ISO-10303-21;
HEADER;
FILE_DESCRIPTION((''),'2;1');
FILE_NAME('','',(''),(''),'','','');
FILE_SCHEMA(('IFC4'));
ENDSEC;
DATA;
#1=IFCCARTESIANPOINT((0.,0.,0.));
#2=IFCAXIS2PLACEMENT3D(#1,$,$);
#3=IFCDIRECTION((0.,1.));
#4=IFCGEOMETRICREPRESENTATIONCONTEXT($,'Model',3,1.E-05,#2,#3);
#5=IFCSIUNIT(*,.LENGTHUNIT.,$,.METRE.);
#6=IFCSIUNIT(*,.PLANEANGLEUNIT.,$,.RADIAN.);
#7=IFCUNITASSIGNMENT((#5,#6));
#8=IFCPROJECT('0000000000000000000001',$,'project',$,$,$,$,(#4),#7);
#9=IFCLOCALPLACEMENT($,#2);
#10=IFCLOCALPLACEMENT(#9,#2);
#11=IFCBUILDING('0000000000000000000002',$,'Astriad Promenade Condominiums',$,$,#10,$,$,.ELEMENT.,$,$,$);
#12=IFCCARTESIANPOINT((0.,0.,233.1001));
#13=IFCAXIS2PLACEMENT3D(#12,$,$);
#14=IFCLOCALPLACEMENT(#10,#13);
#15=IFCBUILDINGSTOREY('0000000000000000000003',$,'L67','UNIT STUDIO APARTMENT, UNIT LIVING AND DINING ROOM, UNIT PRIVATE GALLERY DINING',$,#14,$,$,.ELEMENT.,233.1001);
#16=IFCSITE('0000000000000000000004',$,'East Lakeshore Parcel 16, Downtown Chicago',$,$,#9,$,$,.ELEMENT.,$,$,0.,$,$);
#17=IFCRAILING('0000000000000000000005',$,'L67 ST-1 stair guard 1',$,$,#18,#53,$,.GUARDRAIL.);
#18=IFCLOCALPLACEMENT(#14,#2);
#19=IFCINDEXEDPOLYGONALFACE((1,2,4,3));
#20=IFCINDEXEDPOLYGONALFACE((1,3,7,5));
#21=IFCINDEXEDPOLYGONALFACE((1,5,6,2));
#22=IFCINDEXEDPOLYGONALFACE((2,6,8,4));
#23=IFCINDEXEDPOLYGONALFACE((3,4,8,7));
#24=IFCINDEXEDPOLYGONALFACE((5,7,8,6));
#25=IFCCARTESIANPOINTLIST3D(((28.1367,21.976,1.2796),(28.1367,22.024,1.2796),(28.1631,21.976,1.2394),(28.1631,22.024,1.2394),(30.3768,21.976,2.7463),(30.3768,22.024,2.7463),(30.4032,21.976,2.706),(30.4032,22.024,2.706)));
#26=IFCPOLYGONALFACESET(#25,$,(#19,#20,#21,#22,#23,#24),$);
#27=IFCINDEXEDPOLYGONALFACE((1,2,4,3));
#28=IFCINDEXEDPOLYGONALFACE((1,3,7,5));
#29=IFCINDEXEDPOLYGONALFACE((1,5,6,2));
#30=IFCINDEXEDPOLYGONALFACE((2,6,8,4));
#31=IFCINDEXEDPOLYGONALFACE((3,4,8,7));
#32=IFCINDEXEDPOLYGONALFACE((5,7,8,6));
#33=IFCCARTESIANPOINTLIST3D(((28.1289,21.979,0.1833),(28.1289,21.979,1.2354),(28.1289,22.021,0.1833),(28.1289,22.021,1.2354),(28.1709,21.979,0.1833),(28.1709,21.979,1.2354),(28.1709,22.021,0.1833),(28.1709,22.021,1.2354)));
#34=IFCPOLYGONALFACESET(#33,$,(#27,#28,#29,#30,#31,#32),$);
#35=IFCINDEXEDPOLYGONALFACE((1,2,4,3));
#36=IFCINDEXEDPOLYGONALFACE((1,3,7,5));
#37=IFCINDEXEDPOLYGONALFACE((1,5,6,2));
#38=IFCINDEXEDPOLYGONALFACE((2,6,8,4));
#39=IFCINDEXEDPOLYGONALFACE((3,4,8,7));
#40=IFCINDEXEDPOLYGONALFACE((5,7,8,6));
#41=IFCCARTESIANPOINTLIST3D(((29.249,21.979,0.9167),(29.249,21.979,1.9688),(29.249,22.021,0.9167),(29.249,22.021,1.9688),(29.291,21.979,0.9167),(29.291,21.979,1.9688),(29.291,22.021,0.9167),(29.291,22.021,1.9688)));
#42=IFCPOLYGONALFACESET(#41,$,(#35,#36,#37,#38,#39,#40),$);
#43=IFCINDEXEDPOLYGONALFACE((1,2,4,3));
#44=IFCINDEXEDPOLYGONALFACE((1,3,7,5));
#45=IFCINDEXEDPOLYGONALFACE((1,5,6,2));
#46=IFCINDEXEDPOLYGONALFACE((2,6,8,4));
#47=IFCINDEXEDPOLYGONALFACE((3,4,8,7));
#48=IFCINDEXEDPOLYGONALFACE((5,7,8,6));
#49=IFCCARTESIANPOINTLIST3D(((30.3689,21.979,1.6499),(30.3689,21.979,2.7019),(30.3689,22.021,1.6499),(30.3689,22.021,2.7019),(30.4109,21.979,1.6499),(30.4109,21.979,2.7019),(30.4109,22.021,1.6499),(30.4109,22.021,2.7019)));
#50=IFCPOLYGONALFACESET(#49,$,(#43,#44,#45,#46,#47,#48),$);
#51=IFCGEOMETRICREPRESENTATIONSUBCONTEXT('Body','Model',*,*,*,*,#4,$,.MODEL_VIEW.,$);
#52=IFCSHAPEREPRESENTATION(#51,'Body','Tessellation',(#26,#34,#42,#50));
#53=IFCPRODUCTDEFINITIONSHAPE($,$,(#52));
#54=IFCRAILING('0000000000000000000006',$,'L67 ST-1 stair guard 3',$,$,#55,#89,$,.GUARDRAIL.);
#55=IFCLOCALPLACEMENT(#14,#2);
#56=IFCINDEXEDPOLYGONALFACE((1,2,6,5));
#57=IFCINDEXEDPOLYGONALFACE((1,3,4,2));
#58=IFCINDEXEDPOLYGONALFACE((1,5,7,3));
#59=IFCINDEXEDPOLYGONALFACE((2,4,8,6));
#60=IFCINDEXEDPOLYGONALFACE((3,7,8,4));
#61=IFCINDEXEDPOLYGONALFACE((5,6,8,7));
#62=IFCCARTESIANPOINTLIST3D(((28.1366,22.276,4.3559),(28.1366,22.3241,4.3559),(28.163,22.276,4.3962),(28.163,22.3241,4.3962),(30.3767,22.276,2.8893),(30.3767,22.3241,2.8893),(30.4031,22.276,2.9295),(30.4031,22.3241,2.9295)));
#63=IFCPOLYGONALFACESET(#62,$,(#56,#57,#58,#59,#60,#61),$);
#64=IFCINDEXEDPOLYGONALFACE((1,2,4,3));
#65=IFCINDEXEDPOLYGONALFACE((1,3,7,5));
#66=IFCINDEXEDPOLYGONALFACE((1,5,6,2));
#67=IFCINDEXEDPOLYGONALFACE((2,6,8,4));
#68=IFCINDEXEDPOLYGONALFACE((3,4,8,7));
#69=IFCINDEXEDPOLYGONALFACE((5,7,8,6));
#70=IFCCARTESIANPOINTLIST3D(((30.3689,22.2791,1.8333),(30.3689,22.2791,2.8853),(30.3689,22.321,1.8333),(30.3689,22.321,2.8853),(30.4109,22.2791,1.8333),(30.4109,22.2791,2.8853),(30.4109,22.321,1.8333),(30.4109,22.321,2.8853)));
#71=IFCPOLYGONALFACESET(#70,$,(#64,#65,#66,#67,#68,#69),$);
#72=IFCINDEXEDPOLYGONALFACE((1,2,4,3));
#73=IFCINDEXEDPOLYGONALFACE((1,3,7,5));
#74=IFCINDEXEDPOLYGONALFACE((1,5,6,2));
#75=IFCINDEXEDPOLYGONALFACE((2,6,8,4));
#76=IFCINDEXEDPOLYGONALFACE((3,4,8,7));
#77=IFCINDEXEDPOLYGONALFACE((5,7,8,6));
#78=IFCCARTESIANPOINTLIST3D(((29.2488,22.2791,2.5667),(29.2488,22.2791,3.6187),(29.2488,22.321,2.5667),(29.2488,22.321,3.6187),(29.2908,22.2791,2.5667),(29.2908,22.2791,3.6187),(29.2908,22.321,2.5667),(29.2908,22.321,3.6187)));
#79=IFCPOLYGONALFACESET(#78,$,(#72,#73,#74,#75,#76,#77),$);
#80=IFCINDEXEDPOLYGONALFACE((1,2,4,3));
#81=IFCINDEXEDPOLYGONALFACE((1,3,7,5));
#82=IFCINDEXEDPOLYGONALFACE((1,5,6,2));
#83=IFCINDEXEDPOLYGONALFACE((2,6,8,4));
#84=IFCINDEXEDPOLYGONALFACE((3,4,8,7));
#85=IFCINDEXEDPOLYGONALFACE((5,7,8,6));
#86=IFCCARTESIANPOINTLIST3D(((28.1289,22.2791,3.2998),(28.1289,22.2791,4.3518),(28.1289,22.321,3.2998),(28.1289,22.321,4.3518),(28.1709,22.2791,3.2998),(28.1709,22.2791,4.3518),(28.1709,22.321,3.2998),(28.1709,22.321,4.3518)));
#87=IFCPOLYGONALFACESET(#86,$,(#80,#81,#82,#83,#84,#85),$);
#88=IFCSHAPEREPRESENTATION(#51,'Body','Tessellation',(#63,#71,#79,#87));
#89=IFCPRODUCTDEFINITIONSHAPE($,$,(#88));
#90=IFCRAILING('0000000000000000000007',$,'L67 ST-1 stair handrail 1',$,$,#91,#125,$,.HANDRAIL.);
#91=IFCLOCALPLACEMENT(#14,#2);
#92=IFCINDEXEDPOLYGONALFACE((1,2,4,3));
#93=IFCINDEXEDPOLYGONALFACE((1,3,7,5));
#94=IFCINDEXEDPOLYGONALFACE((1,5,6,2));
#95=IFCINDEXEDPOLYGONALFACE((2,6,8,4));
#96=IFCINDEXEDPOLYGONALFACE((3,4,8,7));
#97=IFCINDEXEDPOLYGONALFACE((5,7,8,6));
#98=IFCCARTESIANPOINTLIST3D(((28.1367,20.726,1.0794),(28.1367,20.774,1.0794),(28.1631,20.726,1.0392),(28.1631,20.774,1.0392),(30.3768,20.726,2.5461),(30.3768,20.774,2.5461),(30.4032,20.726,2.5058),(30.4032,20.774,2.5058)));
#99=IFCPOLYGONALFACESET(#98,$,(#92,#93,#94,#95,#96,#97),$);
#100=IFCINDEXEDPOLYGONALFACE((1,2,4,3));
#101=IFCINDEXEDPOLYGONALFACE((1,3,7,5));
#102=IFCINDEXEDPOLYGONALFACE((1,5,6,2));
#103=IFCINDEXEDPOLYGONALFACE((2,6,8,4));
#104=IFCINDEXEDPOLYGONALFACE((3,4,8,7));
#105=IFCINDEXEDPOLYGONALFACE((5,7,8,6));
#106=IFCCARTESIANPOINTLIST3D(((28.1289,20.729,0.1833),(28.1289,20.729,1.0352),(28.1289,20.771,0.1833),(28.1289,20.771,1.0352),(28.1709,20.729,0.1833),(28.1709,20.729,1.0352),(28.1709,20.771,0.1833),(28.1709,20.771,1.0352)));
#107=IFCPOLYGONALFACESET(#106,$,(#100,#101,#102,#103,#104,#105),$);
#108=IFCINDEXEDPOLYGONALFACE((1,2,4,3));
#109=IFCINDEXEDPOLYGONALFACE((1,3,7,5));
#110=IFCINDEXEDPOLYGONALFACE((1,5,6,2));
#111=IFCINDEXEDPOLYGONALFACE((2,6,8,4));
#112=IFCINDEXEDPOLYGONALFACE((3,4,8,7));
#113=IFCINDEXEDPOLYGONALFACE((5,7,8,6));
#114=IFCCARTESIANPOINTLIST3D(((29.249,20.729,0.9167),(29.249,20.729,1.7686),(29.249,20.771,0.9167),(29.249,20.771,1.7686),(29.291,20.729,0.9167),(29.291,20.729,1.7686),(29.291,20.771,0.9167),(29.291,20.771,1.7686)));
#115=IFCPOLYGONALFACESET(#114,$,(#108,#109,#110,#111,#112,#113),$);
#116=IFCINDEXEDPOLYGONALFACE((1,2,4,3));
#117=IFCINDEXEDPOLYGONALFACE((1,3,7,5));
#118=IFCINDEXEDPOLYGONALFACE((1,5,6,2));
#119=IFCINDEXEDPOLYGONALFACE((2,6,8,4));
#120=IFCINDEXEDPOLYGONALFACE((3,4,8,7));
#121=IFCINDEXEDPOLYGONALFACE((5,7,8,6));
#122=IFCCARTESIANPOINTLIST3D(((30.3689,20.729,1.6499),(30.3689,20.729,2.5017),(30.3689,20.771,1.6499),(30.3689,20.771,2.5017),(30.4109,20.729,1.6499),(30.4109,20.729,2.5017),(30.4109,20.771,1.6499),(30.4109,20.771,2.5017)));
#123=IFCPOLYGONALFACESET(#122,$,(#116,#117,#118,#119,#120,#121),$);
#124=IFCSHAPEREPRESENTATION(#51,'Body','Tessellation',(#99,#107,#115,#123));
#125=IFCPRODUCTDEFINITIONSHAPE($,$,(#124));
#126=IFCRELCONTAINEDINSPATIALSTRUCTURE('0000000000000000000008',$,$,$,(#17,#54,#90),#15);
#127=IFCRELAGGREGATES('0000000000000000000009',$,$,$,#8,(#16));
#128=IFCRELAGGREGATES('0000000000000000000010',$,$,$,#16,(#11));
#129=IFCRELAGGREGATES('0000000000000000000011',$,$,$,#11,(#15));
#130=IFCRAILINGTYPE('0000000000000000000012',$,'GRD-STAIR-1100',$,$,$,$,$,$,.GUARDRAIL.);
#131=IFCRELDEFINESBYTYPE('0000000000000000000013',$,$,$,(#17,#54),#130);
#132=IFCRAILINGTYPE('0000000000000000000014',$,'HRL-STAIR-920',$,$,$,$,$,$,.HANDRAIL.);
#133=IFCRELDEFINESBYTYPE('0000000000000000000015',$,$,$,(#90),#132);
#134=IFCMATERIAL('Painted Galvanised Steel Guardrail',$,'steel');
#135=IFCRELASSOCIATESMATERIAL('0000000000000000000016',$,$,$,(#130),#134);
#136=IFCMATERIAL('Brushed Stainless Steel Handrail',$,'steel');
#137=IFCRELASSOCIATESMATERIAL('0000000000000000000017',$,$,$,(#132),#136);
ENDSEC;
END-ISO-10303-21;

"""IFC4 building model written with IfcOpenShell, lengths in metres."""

from ifc_helpers import new_model, si_unit, direction, frame, origin, origin_2d, place, context, subcontext, project, spatial, rectangle, extrude, source, transform, mapped, material, type_object, type_shapes, element, save


model = new_model("IFC4")

# Units and contexts
model_context = context("Model", 3, precision=1e-05, world=origin(), true_north=direction((0.0, 1.0)))
body_context = subcontext(model_context, "Body", "Model", "MODEL_VIEW")
ifc_project = project(units=[si_unit("LENGTHUNIT", "METRE"), si_unit("PLANEANGLEUNIT", "RADIAN")], contexts=[model_context])

# Site, building, storey
site_placement = place(None, origin())
site = spatial("IfcSite", under=ifc_project, at=site_placement, Name="East Lakeshore Parcel 16, Downtown Chicago", CompositionType="ELEMENT", RefElevation=0.0)
building_placement = place(site_placement, origin())
building = spatial("IfcBuilding", under=site, at=building_placement, Name="Astriad Promenade Condominiums", CompositionType="ELEMENT")
storey_placement = place(building_placement, frame((0.0, 0.0, 233.1001)))
storey = spatial("IfcBuildingStorey", under=building, at=storey_placement, Name="L67", Description="UNIT STUDIO APARTMENT, UNIT LIVING AND DINING ROOM, UNIT PRIVATE GALLERY DINING", CompositionType="ELEMENT", Elevation=233.1001)

# Railings
ifc_material_1 = material(Name="Painted Galvanised Steel Guardrail", Category="steel")
railing_type_1 = type_object("IfcRailingType", Name="GRD-STAIR-1100", PredefinedType="GUARDRAIL", material=ifc_material_1)
shared_shape_1 = source(origin(), body_context, "Body", "SweptSolid", [
    extrude(rectangle(XDim=0.0481, YDim=0.0481, at=origin_2d()), frame((0.0, 0.0, 1.0762), z_axis=(0.836637, 0.0, 0.547758), x_axis=(0.0, 1.0, 0.0)), (0.0, 0.0, 1.0), 2.6775),
    extrude(rectangle(XDim=0.042, YDim=0.042, at=origin_2d()), origin(), (0.0, 0.0, 1.0), 1.052),
    extrude(rectangle(XDim=0.042, YDim=0.042, at=origin_2d()), frame((1.1201, 0.0, 0.7334)), (0.0, 0.0, 1.0), 1.052),
    extrude(rectangle(XDim=0.042, YDim=0.042, at=origin_2d()), frame((2.24, 0.0, 1.4666)), (0.0, 0.0, 1.0), 1.052),
])
railing_1_placement = place(storey_placement, frame((28.1499, 22.0, 0.1833)))
element("IfcRailing", 1, at=railing_1_placement, inside=storey, type_object=railing_type_1, Name="L67 ST-1 stair guard 1", PredefinedType="GUARDRAIL", context=body_context, shape_type="MappedRepresentation", body=[
    mapped(shared_shape_1, transform((0.0, 0.0, 0.0), scale=1.0)),
])
shared_shape_2 = source(origin(), body_context, "Body", "SweptSolid", [
    extrude(rectangle(XDim=0.0481, YDim=0.0481, at=origin_2d()), frame((0.0, 0.0, 1.0762), z_axis=(-0.836637, 0.0, 0.547758), x_axis=(0.0, -1.0, 0.0)), (0.0, 0.0, 1.0), 2.6775),
    extrude(rectangle(XDim=0.042, YDim=0.042, at=origin_2d()), origin(), (0.0, 0.0, 1.0), 1.052),
    extrude(rectangle(XDim=0.042, YDim=0.042, at=origin_2d()), frame((-1.1201, 0.0, 0.7334)), (0.0, 0.0, 1.0), 1.052),
    extrude(rectangle(XDim=0.042, YDim=0.042, at=origin_2d()), frame((-2.24, 0.0, 1.4666)), (0.0, 0.0, 1.0), 1.052),
])
railing_2_placement = place(storey_placement, frame((30.3899, 22.3, 1.8333)))
element("IfcRailing", 2, at=railing_2_placement, inside=storey, type_object=railing_type_1, Name="L67 ST-1 stair guard 3", PredefinedType="GUARDRAIL", context=body_context, shape_type="MappedRepresentation", body=[
    mapped(shared_shape_2, transform((0.0, 0.0, 0.0), scale=1.0)),
])
ifc_material_2 = material(Name="Brushed Stainless Steel Handrail", Category="steel")
railing_type_2 = type_object("IfcRailingType", Name="HRL-STAIR-920", PredefinedType="HANDRAIL", material=ifc_material_2)
shared_shape_3 = source(origin(), body_context, "Body", "SweptSolid", [
    extrude(rectangle(XDim=0.0481, YDim=0.0481, at=origin_2d()), frame((0.0, 0.0, 0.876), z_axis=(0.836637, 0.0, 0.547758), x_axis=(0.0, 1.0, 0.0)), (0.0, 0.0, 1.0), 2.6775),
    extrude(rectangle(XDim=0.042, YDim=0.042, at=origin_2d()), origin(), (0.0, 0.0, 1.0), 0.8518),
    extrude(rectangle(XDim=0.042, YDim=0.042, at=origin_2d()), frame((1.1201, 0.0, 0.7334)), (0.0, 0.0, 1.0), 0.8518),
    extrude(rectangle(XDim=0.042, YDim=0.042, at=origin_2d()), frame((2.24, 0.0, 1.4666)), (0.0, 0.0, 1.0), 0.8518),
])
type_shapes(railing_type_2, [shared_shape_3])
railing_3_placement = place(storey_placement, frame((28.1499, 20.75, 0.1833)))
element("IfcRailing", 3, at=railing_3_placement, inside=storey, type_object=railing_type_2, Name="L67 ST-1 stair handrail 1", PredefinedType="HANDRAIL", context=body_context, shape_type="MappedRepresentation", body=[
    mapped(shared_shape_3, transform((0.0, 0.0, 0.0), scale=1.0)),
])

save(model, "model.ifc")
